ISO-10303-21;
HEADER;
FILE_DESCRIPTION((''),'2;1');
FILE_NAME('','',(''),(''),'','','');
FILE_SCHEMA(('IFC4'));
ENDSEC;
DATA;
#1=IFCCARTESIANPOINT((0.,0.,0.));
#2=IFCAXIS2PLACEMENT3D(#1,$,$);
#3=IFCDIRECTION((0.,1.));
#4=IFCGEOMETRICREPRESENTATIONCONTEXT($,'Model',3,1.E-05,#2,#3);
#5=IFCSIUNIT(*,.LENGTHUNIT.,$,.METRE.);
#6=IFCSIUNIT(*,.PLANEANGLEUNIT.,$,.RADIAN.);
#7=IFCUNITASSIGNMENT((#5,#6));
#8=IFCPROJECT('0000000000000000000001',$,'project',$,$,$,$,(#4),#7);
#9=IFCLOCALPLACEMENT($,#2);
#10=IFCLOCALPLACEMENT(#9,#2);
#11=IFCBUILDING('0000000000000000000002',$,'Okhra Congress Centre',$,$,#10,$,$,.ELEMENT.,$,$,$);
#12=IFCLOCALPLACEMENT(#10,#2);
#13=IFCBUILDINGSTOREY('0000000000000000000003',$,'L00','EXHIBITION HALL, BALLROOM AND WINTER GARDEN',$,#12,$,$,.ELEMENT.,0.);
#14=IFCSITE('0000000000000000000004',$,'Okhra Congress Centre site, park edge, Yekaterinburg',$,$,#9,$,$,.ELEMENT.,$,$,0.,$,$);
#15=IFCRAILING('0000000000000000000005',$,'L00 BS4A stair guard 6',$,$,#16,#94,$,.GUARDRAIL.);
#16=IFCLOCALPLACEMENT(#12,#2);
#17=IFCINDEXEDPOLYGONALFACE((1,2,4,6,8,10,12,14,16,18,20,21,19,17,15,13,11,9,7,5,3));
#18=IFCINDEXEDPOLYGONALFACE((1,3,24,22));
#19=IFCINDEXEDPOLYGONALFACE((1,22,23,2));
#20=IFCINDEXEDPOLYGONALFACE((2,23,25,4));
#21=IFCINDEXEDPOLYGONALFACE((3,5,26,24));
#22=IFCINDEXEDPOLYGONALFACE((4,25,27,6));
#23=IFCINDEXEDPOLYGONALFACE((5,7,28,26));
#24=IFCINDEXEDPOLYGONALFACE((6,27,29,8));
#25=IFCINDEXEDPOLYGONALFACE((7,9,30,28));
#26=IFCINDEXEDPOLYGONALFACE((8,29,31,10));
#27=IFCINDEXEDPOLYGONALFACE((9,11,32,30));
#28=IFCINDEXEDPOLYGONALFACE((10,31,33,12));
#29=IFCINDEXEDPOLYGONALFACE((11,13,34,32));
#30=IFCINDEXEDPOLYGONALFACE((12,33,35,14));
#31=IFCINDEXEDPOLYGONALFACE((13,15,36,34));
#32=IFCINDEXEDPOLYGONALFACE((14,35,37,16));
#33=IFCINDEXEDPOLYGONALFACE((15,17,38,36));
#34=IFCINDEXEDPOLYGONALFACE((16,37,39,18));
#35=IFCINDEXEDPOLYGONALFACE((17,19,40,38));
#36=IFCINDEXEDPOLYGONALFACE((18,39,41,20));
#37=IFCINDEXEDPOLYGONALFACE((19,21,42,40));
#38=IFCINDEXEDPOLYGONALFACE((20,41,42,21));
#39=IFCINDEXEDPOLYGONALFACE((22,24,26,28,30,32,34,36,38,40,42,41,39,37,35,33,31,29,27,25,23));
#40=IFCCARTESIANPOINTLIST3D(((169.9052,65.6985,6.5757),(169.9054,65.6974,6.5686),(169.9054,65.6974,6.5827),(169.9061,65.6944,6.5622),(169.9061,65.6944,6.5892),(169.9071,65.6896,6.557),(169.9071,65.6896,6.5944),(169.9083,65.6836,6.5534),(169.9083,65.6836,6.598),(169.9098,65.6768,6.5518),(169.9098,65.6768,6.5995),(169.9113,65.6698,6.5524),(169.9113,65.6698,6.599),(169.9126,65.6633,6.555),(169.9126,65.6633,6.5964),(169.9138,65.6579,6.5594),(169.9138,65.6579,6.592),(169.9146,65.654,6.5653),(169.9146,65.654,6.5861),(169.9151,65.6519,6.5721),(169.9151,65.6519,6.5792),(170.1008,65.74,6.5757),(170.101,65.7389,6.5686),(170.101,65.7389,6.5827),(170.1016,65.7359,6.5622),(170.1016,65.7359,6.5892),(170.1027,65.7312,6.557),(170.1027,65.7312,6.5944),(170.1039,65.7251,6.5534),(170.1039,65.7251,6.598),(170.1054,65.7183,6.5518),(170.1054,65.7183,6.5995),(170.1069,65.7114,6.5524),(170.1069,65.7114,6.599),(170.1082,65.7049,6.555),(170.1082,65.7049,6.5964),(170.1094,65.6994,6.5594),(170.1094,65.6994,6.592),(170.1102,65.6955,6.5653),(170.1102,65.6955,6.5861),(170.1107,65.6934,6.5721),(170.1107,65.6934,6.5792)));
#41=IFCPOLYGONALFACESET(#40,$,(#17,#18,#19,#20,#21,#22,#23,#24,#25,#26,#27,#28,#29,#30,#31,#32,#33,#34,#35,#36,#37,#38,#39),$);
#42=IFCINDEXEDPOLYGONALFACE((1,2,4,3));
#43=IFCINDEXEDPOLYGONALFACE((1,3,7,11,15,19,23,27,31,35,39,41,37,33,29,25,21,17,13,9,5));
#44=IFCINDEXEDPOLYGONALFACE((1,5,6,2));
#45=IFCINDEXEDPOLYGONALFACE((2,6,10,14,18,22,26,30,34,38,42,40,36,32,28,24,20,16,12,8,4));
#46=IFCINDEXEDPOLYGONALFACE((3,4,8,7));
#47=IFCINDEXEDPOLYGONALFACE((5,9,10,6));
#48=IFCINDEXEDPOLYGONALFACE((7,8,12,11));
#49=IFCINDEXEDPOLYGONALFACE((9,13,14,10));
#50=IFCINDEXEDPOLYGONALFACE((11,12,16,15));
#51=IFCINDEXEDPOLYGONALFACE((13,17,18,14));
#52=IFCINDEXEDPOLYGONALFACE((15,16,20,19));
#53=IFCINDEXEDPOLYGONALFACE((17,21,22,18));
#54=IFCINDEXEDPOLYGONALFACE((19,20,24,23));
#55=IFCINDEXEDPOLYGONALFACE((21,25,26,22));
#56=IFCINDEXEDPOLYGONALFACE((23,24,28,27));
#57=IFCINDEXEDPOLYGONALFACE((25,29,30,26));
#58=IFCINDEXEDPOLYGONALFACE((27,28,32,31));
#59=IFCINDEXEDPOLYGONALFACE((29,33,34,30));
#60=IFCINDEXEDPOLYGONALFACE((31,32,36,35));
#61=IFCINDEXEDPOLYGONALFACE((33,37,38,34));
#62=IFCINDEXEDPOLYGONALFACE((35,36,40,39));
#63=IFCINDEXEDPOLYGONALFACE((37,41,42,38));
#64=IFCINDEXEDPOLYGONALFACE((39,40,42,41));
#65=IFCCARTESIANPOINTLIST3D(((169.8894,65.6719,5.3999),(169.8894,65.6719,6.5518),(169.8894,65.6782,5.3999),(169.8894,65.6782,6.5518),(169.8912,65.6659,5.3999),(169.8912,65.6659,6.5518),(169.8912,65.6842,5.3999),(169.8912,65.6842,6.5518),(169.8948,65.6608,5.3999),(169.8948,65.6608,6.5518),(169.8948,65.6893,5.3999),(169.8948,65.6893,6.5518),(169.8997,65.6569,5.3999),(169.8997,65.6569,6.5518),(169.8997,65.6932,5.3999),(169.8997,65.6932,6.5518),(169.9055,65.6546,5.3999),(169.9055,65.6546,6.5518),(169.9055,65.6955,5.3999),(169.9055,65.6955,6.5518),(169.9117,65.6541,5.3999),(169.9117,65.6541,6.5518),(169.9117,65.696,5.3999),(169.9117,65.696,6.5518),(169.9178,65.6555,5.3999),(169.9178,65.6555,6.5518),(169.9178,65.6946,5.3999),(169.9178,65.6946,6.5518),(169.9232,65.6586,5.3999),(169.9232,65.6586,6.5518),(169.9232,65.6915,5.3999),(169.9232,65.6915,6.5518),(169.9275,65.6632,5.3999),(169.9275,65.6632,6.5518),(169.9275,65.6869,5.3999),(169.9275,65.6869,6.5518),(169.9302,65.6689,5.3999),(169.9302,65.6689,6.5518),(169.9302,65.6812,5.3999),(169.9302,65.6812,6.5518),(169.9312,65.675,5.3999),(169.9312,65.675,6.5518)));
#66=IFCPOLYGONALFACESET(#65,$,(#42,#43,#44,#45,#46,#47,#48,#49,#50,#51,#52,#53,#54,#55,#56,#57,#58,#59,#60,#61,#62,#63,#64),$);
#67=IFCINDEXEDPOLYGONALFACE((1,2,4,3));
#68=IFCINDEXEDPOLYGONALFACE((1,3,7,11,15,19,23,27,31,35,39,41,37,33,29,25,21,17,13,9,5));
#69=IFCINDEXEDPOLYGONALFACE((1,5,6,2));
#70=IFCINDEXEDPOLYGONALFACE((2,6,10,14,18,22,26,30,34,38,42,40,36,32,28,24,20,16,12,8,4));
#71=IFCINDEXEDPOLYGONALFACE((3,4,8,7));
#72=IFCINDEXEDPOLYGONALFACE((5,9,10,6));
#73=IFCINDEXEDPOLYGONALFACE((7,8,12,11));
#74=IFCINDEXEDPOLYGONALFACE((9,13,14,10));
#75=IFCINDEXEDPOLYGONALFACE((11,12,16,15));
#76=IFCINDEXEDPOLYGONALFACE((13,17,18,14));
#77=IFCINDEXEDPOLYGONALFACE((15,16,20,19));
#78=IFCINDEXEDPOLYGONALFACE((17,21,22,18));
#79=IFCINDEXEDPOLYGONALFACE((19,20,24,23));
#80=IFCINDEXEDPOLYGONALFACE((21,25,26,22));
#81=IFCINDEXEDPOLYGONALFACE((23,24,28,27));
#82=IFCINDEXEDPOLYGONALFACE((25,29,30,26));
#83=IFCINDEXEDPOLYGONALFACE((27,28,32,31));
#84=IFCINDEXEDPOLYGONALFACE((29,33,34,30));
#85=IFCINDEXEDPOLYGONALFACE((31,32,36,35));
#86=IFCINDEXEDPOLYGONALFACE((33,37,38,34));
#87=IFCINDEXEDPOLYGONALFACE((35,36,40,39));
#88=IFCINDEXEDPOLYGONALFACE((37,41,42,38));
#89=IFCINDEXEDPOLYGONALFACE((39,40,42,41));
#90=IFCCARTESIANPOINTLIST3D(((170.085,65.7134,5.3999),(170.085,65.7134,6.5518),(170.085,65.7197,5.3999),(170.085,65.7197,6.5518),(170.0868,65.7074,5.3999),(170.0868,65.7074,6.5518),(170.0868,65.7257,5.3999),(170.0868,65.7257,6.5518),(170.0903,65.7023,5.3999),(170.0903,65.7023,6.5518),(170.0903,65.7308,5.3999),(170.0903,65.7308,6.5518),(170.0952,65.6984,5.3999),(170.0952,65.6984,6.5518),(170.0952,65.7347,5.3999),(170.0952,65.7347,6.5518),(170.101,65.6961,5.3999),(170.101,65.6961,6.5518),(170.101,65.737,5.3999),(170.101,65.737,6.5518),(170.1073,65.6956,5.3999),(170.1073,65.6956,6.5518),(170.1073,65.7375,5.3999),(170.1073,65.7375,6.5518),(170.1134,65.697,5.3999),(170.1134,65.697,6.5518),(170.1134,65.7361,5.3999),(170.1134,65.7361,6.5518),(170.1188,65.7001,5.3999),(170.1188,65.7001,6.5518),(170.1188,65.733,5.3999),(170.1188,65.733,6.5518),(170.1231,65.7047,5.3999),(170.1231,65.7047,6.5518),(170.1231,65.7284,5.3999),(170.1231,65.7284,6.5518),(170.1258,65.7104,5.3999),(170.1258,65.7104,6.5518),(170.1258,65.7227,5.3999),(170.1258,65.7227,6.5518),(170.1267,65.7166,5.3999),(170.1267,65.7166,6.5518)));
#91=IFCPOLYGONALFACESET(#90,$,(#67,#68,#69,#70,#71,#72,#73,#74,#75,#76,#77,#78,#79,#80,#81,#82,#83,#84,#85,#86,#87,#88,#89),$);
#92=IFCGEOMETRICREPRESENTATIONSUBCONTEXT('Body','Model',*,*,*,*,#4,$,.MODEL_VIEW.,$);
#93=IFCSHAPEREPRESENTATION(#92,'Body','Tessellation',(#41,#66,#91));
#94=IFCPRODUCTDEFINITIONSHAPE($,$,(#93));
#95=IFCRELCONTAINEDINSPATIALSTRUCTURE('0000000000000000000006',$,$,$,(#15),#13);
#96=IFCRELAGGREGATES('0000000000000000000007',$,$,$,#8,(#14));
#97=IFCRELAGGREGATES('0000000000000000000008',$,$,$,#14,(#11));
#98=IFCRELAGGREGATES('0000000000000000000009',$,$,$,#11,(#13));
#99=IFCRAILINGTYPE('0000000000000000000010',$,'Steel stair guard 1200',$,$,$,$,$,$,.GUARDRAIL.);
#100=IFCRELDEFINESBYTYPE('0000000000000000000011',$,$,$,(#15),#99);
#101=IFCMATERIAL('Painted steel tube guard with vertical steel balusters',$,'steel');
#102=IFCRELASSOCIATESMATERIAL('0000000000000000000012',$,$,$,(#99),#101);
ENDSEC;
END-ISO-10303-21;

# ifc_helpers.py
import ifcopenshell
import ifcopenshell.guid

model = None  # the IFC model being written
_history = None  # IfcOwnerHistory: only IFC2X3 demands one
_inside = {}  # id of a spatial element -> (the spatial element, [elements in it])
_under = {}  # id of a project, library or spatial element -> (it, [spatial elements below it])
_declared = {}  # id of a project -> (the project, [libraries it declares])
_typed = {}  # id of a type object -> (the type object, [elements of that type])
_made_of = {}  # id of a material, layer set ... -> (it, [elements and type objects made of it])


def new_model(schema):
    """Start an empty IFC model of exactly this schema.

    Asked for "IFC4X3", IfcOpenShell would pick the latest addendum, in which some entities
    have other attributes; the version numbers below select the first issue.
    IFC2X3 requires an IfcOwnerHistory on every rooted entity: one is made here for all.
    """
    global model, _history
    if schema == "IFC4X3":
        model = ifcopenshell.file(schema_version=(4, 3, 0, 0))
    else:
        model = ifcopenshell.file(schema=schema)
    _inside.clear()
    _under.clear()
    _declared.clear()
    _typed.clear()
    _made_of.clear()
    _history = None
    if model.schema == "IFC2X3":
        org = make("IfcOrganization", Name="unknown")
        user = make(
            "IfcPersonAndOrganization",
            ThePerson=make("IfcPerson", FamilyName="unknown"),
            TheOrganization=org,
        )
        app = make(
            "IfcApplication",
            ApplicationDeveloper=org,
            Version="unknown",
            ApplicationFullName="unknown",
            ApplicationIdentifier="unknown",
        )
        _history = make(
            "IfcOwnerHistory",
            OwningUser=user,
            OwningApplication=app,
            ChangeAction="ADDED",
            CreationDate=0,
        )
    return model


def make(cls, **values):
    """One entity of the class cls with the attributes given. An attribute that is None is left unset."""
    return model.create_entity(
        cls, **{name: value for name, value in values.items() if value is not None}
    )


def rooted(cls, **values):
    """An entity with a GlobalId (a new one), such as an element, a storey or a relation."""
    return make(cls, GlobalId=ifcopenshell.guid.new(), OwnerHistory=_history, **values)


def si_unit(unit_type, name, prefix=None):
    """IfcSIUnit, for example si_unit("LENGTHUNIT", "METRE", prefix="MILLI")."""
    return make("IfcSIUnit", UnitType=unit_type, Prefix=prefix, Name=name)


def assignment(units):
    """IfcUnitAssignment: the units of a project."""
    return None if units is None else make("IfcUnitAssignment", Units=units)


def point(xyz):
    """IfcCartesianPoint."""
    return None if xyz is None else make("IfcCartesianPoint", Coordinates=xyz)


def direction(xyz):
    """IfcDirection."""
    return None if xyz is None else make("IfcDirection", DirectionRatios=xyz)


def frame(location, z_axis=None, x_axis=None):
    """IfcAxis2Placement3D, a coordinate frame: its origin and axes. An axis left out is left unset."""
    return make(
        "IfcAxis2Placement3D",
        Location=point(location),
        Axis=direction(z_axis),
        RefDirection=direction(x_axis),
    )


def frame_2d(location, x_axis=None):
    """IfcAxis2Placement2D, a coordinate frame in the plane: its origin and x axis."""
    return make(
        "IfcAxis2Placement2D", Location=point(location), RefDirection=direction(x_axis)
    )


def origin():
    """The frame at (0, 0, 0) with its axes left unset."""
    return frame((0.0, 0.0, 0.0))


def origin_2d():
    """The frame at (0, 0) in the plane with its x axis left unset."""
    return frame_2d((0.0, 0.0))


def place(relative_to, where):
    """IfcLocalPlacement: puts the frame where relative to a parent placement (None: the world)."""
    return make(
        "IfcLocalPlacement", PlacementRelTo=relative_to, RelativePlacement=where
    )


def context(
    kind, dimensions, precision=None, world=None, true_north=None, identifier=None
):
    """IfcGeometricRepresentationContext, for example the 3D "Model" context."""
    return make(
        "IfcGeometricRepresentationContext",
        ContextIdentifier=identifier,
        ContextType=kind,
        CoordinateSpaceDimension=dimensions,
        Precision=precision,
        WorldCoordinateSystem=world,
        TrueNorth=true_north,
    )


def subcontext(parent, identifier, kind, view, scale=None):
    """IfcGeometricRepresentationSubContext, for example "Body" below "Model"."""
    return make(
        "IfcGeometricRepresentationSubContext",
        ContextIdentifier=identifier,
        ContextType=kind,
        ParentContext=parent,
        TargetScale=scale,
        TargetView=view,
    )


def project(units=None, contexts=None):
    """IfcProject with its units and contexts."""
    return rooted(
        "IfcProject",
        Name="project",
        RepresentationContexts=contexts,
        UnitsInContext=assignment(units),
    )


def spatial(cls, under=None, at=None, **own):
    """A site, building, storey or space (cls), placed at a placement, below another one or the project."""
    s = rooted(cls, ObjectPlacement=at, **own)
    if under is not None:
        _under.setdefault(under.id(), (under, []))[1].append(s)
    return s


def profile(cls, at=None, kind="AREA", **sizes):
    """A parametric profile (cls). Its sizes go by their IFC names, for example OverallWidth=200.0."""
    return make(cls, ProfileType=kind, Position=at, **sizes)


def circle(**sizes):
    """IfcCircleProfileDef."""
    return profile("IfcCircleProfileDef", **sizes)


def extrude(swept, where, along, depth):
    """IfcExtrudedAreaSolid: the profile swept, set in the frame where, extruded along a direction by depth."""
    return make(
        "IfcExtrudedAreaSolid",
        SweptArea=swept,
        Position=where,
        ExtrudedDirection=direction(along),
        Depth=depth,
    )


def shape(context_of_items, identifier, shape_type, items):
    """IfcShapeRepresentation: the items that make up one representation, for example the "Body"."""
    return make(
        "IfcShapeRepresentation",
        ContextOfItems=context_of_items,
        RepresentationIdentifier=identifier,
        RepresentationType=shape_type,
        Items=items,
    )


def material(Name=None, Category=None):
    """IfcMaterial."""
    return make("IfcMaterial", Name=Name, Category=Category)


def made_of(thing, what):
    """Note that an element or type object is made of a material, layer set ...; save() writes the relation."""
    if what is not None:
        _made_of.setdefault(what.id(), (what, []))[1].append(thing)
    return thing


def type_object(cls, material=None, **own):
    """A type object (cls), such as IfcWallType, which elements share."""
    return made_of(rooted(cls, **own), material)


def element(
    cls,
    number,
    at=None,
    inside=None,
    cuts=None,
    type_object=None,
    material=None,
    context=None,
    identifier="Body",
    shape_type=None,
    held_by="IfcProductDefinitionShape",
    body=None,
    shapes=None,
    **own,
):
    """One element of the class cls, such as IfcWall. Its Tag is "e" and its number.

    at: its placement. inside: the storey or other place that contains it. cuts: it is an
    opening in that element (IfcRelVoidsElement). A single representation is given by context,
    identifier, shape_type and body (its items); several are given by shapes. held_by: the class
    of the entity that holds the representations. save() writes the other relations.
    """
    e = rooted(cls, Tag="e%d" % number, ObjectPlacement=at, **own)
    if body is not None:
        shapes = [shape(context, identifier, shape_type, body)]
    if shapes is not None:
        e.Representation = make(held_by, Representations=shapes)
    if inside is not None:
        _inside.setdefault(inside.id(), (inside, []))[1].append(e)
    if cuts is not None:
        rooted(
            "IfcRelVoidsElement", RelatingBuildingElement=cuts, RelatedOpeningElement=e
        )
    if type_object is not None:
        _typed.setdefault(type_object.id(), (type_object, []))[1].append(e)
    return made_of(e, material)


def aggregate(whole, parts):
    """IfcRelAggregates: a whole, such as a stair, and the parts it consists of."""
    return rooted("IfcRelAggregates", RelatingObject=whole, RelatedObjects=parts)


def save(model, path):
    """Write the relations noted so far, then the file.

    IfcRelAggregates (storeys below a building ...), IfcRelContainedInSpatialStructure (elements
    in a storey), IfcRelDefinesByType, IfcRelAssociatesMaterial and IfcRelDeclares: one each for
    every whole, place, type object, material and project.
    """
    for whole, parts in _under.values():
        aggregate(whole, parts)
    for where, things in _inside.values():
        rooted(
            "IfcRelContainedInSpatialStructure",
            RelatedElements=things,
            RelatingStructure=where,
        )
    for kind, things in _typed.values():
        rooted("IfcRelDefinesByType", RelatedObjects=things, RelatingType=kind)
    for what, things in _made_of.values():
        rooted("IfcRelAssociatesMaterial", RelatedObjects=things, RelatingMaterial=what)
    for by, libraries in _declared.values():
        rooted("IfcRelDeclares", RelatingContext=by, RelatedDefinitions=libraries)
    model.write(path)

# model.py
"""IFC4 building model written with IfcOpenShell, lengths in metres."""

from ifc_helpers import new_model, si_unit, direction, frame, origin, origin_2d, place, context, subcontext, project, spatial, circle, extrude, material, type_object, element, save


model = new_model("IFC4")

# Units and contexts
model_context = context("Model", 3, precision=1e-05, world=origin(), true_north=direction((0.0, 1.0)))
body_context = subcontext(model_context, "Body", "Model", "MODEL_VIEW")
ifc_project = project(units=[si_unit("LENGTHUNIT", "METRE"), si_unit("PLANEANGLEUNIT", "RADIAN")], contexts=[model_context])

# Site, building, storey
site_placement = place(None, origin())
site = spatial("IfcSite", under=ifc_project, at=site_placement, Name="Okhra Congress Centre site, park edge, Yekaterinburg", CompositionType="ELEMENT", RefElevation=0.0)
building_placement = place(site_placement, origin())
building = spatial("IfcBuilding", under=site, at=building_placement, Name="Okhra Congress Centre", CompositionType="ELEMENT")
storey_placement = place(building_placement, origin())
storey = spatial("IfcBuildingStorey", under=building, at=storey_placement, Name="L00", Description="EXHIBITION HALL, BALLROOM AND WINTER GARDEN", CompositionType="ELEMENT", Elevation=0.0)

# Railing
ifc_material_1 = material(Name="Painted steel tube guard with vertical steel balusters", Category="steel")
railing_type_1 = type_object("IfcRailingType", Name="Steel stair guard 1200", PredefinedType="GUARDRAIL", material=ifc_material_1)
railing_1_placement = place(storey_placement, frame((169.9102, 65.675, 5.3999)))
element("IfcRailing", 1, at=railing_1_placement, inside=storey, type_object=railing_type_1, Name="L00 BS4A stair guard 6", PredefinedType="GUARDRAIL", context=body_context, shape_type="SweptSolid", body=[
    extrude(circle(Radius=0.0239, at=origin_2d()), frame((0.0, 0.0, 1.1758), z_axis=(0.978212, 0.20761, 0.0), x_axis=(-0.20761, 0.978212, 0.0)), (0.0, 0.0, 1.0), 0.2),
    extrude(circle(Radius=0.021, at=origin_2d()), origin(), (0.0, 0.0, 1.0), 1.1519),
    extrude(circle(Radius=0.021, at=origin_2d()), frame((0.1956, 0.0415, 0.0)), (0.0, 0.0, 1.0), 1.1519),
])

save(model, "model.ifc")
